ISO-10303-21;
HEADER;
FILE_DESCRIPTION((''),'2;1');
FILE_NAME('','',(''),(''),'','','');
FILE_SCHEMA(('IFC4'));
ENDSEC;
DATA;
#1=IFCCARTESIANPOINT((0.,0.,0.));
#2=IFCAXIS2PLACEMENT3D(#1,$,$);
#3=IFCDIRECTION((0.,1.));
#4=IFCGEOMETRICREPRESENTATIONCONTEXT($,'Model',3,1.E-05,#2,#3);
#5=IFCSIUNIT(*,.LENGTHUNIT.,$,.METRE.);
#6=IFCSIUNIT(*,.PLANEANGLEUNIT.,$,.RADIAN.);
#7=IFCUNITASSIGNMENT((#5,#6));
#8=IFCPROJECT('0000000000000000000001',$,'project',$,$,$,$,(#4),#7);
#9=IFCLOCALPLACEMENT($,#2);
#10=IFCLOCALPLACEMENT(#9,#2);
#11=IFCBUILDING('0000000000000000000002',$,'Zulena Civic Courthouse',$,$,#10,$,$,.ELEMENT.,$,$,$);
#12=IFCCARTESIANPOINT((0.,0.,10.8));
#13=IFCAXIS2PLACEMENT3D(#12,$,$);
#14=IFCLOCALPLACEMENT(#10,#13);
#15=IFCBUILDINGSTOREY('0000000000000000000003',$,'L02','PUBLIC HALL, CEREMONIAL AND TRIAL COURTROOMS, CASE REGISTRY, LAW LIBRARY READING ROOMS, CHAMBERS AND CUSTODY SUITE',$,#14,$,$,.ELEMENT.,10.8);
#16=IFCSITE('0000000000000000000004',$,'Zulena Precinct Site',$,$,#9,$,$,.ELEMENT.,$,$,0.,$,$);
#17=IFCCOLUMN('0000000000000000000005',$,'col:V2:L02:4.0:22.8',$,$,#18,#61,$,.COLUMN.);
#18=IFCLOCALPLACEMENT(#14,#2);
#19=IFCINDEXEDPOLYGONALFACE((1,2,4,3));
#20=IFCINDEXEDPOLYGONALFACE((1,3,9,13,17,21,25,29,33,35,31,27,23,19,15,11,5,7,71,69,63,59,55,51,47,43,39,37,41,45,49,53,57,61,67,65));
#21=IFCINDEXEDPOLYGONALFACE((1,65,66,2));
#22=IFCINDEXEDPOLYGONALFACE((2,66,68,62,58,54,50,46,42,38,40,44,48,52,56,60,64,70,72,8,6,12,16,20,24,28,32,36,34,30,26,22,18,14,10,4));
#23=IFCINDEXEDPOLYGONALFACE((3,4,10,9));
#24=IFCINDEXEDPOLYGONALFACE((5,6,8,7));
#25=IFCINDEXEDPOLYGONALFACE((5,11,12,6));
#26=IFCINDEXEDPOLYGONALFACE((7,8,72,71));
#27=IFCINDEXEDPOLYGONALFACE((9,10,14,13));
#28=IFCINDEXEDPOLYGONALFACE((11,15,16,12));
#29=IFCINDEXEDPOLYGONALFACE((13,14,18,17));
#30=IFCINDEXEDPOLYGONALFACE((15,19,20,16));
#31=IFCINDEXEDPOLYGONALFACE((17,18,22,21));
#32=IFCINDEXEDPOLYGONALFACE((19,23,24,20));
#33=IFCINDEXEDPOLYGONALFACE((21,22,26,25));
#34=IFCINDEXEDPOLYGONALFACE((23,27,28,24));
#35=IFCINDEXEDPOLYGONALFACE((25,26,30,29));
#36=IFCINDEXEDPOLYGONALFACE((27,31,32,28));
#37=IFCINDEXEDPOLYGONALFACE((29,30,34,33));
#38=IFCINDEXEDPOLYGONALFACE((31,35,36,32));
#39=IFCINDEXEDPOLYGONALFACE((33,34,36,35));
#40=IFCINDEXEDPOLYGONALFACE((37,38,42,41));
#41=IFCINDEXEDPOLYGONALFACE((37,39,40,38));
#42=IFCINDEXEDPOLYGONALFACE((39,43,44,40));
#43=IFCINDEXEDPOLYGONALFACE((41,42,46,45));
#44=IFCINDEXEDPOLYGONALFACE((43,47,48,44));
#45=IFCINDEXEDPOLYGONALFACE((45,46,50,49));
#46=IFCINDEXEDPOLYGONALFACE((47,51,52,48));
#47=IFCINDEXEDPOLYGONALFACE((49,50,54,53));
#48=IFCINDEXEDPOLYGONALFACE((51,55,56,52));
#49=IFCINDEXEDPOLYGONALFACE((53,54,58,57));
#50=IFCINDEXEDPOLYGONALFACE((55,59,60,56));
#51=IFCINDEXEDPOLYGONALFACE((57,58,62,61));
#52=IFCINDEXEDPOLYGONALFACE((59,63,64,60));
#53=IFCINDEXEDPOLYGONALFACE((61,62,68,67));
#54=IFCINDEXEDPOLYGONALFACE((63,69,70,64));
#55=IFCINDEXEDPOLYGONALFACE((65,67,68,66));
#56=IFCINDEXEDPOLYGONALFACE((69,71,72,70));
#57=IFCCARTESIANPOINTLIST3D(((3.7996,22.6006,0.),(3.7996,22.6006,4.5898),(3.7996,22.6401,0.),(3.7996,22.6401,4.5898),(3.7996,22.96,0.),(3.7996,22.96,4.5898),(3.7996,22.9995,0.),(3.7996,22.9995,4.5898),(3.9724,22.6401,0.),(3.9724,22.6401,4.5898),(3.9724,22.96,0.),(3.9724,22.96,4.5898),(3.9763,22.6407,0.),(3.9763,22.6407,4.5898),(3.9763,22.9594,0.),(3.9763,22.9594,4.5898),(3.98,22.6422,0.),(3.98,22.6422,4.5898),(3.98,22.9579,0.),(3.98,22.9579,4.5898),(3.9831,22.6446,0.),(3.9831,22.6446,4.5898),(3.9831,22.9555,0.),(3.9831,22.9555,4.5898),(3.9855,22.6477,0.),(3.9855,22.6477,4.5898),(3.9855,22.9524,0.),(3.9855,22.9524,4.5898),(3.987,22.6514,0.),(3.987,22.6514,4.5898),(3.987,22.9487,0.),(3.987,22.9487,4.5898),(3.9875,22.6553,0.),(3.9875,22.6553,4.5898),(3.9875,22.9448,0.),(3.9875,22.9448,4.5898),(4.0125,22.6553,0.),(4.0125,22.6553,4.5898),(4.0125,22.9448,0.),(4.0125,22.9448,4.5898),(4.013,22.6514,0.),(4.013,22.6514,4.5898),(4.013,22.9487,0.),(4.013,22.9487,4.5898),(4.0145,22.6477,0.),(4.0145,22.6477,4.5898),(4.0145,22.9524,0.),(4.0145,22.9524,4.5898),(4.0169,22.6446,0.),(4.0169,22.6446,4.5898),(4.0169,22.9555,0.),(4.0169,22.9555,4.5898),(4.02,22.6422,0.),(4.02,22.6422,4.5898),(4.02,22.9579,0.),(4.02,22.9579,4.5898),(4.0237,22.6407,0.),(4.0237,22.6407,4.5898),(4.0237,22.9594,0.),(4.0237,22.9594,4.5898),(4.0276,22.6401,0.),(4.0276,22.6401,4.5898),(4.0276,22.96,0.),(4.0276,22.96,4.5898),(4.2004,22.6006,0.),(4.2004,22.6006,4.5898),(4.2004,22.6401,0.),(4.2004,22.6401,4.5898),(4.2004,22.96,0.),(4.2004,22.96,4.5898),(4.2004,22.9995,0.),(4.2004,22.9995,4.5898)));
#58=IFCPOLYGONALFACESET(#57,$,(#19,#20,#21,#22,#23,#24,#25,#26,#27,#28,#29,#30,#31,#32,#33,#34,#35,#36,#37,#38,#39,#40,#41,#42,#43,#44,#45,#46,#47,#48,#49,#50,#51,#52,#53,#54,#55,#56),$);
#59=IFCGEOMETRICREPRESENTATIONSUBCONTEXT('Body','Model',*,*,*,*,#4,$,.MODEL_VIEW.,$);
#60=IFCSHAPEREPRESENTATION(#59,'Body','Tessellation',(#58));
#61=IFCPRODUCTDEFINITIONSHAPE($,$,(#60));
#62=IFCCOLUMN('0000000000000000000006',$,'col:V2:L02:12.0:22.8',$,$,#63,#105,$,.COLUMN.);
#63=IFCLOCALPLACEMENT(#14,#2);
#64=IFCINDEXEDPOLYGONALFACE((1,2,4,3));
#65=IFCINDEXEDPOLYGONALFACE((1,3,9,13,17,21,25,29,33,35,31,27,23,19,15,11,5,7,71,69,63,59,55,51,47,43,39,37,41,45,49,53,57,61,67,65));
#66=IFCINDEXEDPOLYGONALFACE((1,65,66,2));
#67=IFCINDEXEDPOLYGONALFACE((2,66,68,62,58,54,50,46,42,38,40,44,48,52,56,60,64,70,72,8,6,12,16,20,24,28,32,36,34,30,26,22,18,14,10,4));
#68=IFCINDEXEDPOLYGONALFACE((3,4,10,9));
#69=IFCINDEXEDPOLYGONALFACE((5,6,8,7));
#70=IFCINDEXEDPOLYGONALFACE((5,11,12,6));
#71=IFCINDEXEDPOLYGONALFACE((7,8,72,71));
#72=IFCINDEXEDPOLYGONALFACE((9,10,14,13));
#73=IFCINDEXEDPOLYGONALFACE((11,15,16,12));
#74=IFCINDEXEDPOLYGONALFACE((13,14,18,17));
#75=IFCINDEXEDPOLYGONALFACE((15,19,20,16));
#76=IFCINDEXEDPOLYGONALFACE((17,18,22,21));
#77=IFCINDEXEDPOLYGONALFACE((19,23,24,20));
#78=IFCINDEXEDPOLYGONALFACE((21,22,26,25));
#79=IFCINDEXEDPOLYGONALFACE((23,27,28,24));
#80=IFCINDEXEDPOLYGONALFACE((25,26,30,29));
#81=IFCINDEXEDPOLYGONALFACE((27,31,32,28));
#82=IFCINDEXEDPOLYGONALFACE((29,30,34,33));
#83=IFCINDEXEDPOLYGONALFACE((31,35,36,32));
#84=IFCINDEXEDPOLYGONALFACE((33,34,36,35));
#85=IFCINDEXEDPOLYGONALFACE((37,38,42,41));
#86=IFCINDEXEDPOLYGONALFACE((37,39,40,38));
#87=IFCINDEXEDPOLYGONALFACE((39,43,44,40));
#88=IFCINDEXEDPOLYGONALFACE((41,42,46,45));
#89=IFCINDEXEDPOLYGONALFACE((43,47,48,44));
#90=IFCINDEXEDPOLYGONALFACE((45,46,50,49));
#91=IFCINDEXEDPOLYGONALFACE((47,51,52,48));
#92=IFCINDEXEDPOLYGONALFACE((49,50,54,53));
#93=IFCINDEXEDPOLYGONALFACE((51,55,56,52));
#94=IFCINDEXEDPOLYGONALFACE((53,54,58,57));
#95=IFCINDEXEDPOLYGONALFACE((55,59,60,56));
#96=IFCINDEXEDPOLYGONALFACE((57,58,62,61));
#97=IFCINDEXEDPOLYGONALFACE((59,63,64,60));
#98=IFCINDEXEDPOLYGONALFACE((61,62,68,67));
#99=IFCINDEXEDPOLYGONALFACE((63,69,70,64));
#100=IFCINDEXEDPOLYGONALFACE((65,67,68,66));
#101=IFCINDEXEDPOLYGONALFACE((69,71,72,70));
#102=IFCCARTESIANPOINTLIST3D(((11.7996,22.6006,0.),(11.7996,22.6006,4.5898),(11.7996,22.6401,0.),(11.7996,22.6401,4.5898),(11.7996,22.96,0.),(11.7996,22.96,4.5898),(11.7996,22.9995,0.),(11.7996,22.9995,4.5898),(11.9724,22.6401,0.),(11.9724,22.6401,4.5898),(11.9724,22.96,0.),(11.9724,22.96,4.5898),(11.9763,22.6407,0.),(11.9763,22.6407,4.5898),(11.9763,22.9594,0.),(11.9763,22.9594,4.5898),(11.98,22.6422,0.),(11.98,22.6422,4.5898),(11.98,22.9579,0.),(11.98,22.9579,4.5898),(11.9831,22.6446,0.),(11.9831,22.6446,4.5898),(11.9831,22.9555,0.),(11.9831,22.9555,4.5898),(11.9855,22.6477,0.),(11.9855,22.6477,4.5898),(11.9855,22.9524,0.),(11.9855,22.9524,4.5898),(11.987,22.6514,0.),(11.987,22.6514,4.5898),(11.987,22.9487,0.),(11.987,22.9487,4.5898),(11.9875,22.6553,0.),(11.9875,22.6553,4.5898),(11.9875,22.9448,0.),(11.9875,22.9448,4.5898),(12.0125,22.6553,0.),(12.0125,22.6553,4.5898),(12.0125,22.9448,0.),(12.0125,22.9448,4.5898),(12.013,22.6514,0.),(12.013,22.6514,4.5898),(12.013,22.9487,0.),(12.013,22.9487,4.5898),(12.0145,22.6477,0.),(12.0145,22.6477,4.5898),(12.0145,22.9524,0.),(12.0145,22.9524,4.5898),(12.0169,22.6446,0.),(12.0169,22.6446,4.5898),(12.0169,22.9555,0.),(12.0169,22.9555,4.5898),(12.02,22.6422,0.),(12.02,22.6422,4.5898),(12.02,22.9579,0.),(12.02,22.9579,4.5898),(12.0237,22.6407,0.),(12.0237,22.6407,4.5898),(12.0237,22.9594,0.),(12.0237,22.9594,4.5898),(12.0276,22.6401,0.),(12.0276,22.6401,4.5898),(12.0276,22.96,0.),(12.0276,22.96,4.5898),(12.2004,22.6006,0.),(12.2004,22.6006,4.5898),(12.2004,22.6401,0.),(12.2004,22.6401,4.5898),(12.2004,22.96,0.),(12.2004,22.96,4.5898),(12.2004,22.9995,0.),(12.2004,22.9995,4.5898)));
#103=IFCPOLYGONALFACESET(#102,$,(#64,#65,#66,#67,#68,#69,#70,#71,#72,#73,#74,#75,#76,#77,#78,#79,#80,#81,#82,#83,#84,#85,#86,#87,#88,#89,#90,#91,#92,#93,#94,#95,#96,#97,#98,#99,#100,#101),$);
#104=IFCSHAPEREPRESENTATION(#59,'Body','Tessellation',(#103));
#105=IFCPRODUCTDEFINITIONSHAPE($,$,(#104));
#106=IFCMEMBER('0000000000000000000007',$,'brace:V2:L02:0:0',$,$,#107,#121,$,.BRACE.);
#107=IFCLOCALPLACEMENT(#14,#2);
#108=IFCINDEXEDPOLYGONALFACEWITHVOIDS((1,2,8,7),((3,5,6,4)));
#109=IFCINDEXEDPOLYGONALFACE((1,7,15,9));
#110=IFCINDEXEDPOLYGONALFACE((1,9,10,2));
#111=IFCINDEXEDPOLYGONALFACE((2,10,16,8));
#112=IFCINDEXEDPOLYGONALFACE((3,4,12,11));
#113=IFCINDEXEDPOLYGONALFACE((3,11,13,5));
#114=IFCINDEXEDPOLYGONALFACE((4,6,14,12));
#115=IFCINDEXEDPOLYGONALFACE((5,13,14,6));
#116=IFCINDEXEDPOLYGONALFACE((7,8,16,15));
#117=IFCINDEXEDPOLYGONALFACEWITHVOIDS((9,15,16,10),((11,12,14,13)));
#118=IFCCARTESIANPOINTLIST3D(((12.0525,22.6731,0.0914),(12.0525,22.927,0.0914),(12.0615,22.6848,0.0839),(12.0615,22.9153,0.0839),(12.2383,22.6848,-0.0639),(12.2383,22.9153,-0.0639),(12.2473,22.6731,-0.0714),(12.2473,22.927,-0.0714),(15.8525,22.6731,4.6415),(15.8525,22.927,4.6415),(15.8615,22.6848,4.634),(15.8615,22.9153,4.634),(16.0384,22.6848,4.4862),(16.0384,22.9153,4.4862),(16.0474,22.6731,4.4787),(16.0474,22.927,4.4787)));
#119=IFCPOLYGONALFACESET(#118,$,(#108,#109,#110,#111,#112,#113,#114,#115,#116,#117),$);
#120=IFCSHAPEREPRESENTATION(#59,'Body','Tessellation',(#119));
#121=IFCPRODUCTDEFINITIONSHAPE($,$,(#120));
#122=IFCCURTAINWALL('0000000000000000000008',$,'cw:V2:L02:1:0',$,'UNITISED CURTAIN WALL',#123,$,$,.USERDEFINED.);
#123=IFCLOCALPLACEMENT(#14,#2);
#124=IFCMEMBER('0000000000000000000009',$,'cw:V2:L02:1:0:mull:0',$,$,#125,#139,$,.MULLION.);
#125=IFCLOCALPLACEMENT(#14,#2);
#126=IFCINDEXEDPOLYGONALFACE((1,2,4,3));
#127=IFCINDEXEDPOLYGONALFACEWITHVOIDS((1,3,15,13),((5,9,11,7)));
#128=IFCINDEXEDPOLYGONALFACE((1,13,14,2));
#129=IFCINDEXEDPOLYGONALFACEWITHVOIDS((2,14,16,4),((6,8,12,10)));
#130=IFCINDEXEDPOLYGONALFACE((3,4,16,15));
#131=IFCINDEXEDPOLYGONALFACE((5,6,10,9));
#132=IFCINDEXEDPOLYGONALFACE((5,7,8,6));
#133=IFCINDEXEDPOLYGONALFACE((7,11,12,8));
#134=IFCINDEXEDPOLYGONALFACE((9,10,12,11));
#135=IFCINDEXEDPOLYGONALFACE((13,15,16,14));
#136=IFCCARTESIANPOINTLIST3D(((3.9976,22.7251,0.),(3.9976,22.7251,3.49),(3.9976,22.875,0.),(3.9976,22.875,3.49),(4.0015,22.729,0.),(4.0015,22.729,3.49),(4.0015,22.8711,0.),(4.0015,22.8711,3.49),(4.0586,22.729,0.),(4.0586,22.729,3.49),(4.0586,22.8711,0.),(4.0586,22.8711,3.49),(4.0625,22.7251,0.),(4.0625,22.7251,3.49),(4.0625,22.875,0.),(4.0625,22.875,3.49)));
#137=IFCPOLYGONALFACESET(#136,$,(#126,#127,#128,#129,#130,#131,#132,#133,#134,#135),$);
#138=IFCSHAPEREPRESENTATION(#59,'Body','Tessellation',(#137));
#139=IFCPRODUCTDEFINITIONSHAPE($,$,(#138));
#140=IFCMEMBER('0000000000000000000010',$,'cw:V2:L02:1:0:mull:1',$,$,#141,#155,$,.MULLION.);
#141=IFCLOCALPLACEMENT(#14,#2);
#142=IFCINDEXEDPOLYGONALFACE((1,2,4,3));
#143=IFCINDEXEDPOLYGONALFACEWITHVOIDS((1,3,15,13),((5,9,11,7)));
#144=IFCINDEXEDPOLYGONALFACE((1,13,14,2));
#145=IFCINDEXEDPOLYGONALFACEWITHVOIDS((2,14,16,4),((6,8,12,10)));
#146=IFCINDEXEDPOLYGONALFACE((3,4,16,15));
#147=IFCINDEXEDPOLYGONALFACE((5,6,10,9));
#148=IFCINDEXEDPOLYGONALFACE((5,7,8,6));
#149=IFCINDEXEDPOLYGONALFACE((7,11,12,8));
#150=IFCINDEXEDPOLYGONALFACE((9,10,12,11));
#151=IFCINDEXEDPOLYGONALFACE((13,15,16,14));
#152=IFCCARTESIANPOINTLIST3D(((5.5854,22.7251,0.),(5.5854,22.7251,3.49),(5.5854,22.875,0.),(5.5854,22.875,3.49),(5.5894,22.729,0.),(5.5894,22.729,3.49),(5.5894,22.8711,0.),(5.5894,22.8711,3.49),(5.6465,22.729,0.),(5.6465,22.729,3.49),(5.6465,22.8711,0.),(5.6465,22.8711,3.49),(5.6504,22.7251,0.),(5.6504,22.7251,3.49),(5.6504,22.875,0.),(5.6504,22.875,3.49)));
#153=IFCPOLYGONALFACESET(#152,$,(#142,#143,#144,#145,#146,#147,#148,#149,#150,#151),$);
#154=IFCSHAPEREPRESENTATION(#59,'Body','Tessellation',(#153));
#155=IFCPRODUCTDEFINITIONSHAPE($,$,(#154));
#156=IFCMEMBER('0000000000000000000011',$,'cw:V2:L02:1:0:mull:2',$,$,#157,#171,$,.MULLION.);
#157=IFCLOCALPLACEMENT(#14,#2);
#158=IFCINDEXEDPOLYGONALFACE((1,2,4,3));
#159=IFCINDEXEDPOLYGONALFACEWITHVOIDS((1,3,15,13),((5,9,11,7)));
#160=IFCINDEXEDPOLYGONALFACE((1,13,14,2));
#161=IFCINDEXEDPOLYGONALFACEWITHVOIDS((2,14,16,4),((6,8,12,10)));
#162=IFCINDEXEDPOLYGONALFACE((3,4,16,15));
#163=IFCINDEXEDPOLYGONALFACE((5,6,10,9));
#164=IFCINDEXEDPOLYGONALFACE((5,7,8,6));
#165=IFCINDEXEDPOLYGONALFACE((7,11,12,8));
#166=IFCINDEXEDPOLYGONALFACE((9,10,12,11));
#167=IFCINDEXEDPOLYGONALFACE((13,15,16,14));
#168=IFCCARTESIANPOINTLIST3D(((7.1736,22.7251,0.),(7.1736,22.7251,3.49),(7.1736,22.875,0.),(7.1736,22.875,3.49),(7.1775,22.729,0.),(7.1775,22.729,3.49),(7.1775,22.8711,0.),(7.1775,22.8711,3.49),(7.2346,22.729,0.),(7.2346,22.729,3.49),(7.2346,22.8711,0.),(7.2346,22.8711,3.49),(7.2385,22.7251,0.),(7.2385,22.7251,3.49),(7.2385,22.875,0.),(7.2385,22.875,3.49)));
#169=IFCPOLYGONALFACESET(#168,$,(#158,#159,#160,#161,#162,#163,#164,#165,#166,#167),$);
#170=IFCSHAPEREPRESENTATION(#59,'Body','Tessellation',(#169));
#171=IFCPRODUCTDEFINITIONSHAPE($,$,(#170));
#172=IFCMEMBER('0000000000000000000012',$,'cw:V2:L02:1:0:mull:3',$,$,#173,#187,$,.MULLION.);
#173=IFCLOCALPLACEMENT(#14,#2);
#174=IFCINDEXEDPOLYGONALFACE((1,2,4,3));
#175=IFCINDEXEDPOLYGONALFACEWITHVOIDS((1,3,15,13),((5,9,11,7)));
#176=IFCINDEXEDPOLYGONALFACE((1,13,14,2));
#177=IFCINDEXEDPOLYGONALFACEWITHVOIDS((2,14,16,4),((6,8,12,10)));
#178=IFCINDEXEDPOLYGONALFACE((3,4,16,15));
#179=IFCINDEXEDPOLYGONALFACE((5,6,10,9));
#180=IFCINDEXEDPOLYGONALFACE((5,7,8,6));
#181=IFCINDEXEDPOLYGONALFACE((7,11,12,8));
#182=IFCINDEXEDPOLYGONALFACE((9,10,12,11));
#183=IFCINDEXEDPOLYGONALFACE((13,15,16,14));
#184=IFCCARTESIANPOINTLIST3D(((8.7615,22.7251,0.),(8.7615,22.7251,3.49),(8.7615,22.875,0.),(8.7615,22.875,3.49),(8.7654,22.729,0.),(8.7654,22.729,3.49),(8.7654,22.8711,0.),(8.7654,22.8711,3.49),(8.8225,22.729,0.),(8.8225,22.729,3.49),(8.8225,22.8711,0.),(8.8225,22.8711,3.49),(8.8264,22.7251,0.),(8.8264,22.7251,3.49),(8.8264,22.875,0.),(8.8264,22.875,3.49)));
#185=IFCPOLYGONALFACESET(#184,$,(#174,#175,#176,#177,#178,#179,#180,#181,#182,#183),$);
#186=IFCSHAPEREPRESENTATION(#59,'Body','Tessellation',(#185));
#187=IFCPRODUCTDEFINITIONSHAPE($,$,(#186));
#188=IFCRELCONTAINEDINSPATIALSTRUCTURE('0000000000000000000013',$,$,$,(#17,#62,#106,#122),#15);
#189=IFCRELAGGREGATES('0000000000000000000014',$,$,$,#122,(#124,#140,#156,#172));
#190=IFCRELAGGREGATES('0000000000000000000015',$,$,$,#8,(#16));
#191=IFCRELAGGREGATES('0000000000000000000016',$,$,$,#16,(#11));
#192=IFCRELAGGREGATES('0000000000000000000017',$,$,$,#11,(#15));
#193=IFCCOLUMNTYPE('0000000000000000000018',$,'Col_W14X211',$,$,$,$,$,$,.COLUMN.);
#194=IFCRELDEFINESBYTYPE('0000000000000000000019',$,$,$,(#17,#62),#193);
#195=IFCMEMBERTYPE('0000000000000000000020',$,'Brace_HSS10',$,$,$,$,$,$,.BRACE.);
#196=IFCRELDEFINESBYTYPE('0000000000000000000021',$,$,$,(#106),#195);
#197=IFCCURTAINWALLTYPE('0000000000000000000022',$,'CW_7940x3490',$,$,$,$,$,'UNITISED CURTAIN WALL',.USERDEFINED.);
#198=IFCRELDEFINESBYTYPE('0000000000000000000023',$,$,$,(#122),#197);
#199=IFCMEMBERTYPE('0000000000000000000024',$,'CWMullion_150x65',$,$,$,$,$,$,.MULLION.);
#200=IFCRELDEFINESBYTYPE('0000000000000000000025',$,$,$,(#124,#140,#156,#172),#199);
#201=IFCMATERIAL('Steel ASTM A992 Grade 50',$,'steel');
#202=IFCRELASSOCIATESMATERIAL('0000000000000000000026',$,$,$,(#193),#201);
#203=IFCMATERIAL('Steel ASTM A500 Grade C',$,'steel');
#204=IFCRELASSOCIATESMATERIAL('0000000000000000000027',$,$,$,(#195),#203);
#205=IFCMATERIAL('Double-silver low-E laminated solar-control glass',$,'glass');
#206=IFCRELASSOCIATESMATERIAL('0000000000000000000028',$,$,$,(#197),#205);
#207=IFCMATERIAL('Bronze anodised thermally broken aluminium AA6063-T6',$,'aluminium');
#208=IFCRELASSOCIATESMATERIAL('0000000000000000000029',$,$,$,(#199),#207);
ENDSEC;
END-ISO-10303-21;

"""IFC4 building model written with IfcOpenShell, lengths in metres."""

from ifc_helpers import new_model, si_unit, direction, frame, origin, origin_2d, place, context, subcontext, project, spatial, hollow_rectangle, i_section, extrude, material, material_profile, profile_set, type_object, element, aggregate, save


model = new_model("IFC4")

# Units and contexts
model_context = context("Model", 3, precision=1e-05, world=origin(), true_north=direction((0.0, 1.0)))
body_context = subcontext(model_context, "Body", "Model", "MODEL_VIEW")
ifc_project = project(units=[si_unit("LENGTHUNIT", "METRE"), si_unit("PLANEANGLEUNIT", "RADIAN")], contexts=[model_context])

# Site, building, storey
site_placement = place(None, origin())
site = spatial("IfcSite", under=ifc_project, at=site_placement, Name="Zulena Precinct Site", CompositionType="ELEMENT", RefElevation=0.0)
building_placement = place(site_placement, origin())
building = spatial("IfcBuilding", under=site, at=building_placement, Name="Zulena Civic Courthouse", CompositionType="ELEMENT")
storey_placement = place(building_placement, frame((0.0, 0.0, 10.8)))
storey = spatial("IfcBuildingStorey", under=building, at=storey_placement, Name="L02", Description="PUBLIC HALL, CEREMONIAL AND TRIAL COURTROOMS, CASE REGISTRY, LAW LIBRARY READING ROOMS, CHAMBERS AND CUSTODY SUITE", CompositionType="ELEMENT", Elevation=10.8)

# Columns
ifc_material_1 = material(Name="Steel ASTM A992 Grade 50", Category="steel")
ifc_material_profile_1 = material_profile(ifc_material_1, i_section(OverallWidth=0.4009, OverallDepth=0.3989, WebThickness=0.0249, FlangeThickness=0.0396, FilletRadius=0.0151, at=origin_2d()), Name="W14X211")
ifc_profile_set_1 = profile_set([ifc_material_profile_1], Name="Steel ASTM A992 Grade 50")
column_type = type_object("IfcColumnType", Name="Col_W14X211", PredefinedType="COLUMN", material=ifc_profile_set_1)
for number, where, z_axis, x_axis, name in (
    (1, (4.0, 22.8, 0.0), (0.0, 0.0, 1.0), (1.0, 0.0, 0.0), "col:V2:L02:4.0:22.8"),
    (2, (12.0, 22.8, 0.0), (0.0, 0.0, 1.0), (1.0, 0.0, 0.0), "col:V2:L02:12.0:22.8"),
):
    element("IfcColumn", number, at=place(storey_placement, frame(where, z_axis=z_axis, x_axis=x_axis)), inside=storey, type_object=column_type, Name=name, PredefinedType="COLUMN", context=body_context, shape_type="SweptSolid", body=[
        extrude(i_section(OverallWidth=0.4009, OverallDepth=0.3989, WebThickness=0.0249, FlangeThickness=0.0396, FilletRadius=0.0151, at=origin_2d()), origin(), (0.0, 0.0, 1.0), 4.5898),
    ])

# Member
ifc_material_2 = material(Name="Steel ASTM A500 Grade C", Category="steel")
ifc_material_profile_2 = material_profile(ifc_material_2, hollow_rectangle(XDim=0.2539, YDim=0.2539, WallThickness=0.0117, at=origin_2d()), Name="HSS10X10X1/2")
ifc_profile_set_2 = profile_set([ifc_material_profile_2], Name="Steel ASTM A500 Grade C")
member_type_1 = type_object("IfcMemberType", Name="Brace_HSS10", PredefinedType="BRACE", material=ifc_profile_set_2)
member_1_placement = place(storey_placement, frame((12.1499, 22.8, 0.01), z_axis=(0.641014, 0.0, 0.767529), x_axis=(0.0, 1.0, 0.0)))
element("IfcMember", 3, at=member_1_placement, inside=storey, type_object=member_type_1, Name="brace:V2:L02:0:0", PredefinedType="BRACE", context=body_context, shape_type="SweptSolid", body=[
    extrude(hollow_rectangle(XDim=0.2539, YDim=0.2539, WallThickness=0.0117, at=origin_2d()), origin(), (0.0, 0.0, 1.0), 5.9282),
])

# Curtain wall, members
ifc_material_3 = material(Name="Double-silver low-E laminated solar-control glass", Category="glass")
curtain_wall_type = type_object("IfcCurtainWallType", Name="CW_7940x3490", ElementType="UNITISED CURTAIN WALL", PredefinedType="USERDEFINED", material=ifc_material_3)
curtain_wall_placement = place(storey_placement, origin())
curtain_wall = element("IfcCurtainWall", 4, at=curtain_wall_placement, inside=storey, type_object=curtain_wall_type, Name="cw:V2:L02:1:0", ObjectType="UNITISED CURTAIN WALL", PredefinedType="USERDEFINED")
ifc_material_4 = material(Name="Bronze anodised thermally broken aluminium AA6063-T6", Category="aluminium")
ifc_material_profile_3 = material_profile(ifc_material_4, hollow_rectangle(XDim=0.0649, YDim=0.1499, WallThickness=0.0039, at=origin_2d()), Name="CWM150X65X4")
ifc_profile_set_3 = profile_set([ifc_material_profile_3], Name="Bronze anodised thermally broken aluminium AA6063-T6")
member_type_2 = type_object("IfcMemberType", Name="CWMullion_150x65", PredefinedType="MULLION", material=ifc_profile_set_3)
member_2_placement = place(storey_placement, frame((4.03, 22.8, 0.0), z_axis=(0.0, 0.0, 1.0), x_axis=(1.0, 0.0, 0.0)))
member_2 = element("IfcMember", 5, at=member_2_placement, type_object=member_type_2, Name="cw:V2:L02:1:0:mull:0", PredefinedType="MULLION", context=body_context, shape_type="SweptSolid", body=[
    extrude(hollow_rectangle(XDim=0.0649, YDim=0.1499, WallThickness=0.0039, at=origin_2d()), origin(), (0.0, 0.0, 1.0), 3.49),
])
member_3_placement = place(storey_placement, frame((5.6179, 22.8, 0.0), z_axis=(0.0, 0.0, 1.0), x_axis=(1.0, 0.0, 0.0)))
member_3 = element("IfcMember", 6, at=member_3_placement, type_object=member_type_2, Name="cw:V2:L02:1:0:mull:1", PredefinedType="MULLION", context=body_context, shape_type="SweptSolid", body=[
    extrude(hollow_rectangle(XDim=0.0649, YDim=0.1499, WallThickness=0.0039, at=origin_2d()), origin(), (0.0, 0.0, 1.0), 3.49),
])
member_4_placement = place(storey_placement, frame((7.2061, 22.8, 0.0), z_axis=(0.0, 0.0, 1.0), x_axis=(1.0, 0.0, 0.0)))
member_4 = element("IfcMember", 7, at=member_4_placement, type_object=member_type_2, Name="cw:V2:L02:1:0:mull:2", PredefinedType="MULLION", context=body_context, shape_type="SweptSolid", body=[
    extrude(hollow_rectangle(XDim=0.0649, YDim=0.1499, WallThickness=0.0039, at=origin_2d()), origin(), (0.0, 0.0, 1.0), 3.49),
])
member_5_placement = place(storey_placement, frame((8.7939, 22.8, 0.0), z_axis=(0.0, 0.0, 1.0), x_axis=(1.0, 0.0, 0.0)))
member_5 = element("IfcMember", 8, at=member_5_placement, type_object=member_type_2, Name="cw:V2:L02:1:0:mull:3", PredefinedType="MULLION", context=body_context, shape_type="SweptSolid", body=[
    extrude(hollow_rectangle(XDim=0.0649, YDim=0.1499, WallThickness=0.0039, at=origin_2d()), origin(), (0.0, 0.0, 1.0), 3.49),
])

aggregate(curtain_wall, [member_2, member_3, member_4, member_5])

save(model, "model.ifc")
